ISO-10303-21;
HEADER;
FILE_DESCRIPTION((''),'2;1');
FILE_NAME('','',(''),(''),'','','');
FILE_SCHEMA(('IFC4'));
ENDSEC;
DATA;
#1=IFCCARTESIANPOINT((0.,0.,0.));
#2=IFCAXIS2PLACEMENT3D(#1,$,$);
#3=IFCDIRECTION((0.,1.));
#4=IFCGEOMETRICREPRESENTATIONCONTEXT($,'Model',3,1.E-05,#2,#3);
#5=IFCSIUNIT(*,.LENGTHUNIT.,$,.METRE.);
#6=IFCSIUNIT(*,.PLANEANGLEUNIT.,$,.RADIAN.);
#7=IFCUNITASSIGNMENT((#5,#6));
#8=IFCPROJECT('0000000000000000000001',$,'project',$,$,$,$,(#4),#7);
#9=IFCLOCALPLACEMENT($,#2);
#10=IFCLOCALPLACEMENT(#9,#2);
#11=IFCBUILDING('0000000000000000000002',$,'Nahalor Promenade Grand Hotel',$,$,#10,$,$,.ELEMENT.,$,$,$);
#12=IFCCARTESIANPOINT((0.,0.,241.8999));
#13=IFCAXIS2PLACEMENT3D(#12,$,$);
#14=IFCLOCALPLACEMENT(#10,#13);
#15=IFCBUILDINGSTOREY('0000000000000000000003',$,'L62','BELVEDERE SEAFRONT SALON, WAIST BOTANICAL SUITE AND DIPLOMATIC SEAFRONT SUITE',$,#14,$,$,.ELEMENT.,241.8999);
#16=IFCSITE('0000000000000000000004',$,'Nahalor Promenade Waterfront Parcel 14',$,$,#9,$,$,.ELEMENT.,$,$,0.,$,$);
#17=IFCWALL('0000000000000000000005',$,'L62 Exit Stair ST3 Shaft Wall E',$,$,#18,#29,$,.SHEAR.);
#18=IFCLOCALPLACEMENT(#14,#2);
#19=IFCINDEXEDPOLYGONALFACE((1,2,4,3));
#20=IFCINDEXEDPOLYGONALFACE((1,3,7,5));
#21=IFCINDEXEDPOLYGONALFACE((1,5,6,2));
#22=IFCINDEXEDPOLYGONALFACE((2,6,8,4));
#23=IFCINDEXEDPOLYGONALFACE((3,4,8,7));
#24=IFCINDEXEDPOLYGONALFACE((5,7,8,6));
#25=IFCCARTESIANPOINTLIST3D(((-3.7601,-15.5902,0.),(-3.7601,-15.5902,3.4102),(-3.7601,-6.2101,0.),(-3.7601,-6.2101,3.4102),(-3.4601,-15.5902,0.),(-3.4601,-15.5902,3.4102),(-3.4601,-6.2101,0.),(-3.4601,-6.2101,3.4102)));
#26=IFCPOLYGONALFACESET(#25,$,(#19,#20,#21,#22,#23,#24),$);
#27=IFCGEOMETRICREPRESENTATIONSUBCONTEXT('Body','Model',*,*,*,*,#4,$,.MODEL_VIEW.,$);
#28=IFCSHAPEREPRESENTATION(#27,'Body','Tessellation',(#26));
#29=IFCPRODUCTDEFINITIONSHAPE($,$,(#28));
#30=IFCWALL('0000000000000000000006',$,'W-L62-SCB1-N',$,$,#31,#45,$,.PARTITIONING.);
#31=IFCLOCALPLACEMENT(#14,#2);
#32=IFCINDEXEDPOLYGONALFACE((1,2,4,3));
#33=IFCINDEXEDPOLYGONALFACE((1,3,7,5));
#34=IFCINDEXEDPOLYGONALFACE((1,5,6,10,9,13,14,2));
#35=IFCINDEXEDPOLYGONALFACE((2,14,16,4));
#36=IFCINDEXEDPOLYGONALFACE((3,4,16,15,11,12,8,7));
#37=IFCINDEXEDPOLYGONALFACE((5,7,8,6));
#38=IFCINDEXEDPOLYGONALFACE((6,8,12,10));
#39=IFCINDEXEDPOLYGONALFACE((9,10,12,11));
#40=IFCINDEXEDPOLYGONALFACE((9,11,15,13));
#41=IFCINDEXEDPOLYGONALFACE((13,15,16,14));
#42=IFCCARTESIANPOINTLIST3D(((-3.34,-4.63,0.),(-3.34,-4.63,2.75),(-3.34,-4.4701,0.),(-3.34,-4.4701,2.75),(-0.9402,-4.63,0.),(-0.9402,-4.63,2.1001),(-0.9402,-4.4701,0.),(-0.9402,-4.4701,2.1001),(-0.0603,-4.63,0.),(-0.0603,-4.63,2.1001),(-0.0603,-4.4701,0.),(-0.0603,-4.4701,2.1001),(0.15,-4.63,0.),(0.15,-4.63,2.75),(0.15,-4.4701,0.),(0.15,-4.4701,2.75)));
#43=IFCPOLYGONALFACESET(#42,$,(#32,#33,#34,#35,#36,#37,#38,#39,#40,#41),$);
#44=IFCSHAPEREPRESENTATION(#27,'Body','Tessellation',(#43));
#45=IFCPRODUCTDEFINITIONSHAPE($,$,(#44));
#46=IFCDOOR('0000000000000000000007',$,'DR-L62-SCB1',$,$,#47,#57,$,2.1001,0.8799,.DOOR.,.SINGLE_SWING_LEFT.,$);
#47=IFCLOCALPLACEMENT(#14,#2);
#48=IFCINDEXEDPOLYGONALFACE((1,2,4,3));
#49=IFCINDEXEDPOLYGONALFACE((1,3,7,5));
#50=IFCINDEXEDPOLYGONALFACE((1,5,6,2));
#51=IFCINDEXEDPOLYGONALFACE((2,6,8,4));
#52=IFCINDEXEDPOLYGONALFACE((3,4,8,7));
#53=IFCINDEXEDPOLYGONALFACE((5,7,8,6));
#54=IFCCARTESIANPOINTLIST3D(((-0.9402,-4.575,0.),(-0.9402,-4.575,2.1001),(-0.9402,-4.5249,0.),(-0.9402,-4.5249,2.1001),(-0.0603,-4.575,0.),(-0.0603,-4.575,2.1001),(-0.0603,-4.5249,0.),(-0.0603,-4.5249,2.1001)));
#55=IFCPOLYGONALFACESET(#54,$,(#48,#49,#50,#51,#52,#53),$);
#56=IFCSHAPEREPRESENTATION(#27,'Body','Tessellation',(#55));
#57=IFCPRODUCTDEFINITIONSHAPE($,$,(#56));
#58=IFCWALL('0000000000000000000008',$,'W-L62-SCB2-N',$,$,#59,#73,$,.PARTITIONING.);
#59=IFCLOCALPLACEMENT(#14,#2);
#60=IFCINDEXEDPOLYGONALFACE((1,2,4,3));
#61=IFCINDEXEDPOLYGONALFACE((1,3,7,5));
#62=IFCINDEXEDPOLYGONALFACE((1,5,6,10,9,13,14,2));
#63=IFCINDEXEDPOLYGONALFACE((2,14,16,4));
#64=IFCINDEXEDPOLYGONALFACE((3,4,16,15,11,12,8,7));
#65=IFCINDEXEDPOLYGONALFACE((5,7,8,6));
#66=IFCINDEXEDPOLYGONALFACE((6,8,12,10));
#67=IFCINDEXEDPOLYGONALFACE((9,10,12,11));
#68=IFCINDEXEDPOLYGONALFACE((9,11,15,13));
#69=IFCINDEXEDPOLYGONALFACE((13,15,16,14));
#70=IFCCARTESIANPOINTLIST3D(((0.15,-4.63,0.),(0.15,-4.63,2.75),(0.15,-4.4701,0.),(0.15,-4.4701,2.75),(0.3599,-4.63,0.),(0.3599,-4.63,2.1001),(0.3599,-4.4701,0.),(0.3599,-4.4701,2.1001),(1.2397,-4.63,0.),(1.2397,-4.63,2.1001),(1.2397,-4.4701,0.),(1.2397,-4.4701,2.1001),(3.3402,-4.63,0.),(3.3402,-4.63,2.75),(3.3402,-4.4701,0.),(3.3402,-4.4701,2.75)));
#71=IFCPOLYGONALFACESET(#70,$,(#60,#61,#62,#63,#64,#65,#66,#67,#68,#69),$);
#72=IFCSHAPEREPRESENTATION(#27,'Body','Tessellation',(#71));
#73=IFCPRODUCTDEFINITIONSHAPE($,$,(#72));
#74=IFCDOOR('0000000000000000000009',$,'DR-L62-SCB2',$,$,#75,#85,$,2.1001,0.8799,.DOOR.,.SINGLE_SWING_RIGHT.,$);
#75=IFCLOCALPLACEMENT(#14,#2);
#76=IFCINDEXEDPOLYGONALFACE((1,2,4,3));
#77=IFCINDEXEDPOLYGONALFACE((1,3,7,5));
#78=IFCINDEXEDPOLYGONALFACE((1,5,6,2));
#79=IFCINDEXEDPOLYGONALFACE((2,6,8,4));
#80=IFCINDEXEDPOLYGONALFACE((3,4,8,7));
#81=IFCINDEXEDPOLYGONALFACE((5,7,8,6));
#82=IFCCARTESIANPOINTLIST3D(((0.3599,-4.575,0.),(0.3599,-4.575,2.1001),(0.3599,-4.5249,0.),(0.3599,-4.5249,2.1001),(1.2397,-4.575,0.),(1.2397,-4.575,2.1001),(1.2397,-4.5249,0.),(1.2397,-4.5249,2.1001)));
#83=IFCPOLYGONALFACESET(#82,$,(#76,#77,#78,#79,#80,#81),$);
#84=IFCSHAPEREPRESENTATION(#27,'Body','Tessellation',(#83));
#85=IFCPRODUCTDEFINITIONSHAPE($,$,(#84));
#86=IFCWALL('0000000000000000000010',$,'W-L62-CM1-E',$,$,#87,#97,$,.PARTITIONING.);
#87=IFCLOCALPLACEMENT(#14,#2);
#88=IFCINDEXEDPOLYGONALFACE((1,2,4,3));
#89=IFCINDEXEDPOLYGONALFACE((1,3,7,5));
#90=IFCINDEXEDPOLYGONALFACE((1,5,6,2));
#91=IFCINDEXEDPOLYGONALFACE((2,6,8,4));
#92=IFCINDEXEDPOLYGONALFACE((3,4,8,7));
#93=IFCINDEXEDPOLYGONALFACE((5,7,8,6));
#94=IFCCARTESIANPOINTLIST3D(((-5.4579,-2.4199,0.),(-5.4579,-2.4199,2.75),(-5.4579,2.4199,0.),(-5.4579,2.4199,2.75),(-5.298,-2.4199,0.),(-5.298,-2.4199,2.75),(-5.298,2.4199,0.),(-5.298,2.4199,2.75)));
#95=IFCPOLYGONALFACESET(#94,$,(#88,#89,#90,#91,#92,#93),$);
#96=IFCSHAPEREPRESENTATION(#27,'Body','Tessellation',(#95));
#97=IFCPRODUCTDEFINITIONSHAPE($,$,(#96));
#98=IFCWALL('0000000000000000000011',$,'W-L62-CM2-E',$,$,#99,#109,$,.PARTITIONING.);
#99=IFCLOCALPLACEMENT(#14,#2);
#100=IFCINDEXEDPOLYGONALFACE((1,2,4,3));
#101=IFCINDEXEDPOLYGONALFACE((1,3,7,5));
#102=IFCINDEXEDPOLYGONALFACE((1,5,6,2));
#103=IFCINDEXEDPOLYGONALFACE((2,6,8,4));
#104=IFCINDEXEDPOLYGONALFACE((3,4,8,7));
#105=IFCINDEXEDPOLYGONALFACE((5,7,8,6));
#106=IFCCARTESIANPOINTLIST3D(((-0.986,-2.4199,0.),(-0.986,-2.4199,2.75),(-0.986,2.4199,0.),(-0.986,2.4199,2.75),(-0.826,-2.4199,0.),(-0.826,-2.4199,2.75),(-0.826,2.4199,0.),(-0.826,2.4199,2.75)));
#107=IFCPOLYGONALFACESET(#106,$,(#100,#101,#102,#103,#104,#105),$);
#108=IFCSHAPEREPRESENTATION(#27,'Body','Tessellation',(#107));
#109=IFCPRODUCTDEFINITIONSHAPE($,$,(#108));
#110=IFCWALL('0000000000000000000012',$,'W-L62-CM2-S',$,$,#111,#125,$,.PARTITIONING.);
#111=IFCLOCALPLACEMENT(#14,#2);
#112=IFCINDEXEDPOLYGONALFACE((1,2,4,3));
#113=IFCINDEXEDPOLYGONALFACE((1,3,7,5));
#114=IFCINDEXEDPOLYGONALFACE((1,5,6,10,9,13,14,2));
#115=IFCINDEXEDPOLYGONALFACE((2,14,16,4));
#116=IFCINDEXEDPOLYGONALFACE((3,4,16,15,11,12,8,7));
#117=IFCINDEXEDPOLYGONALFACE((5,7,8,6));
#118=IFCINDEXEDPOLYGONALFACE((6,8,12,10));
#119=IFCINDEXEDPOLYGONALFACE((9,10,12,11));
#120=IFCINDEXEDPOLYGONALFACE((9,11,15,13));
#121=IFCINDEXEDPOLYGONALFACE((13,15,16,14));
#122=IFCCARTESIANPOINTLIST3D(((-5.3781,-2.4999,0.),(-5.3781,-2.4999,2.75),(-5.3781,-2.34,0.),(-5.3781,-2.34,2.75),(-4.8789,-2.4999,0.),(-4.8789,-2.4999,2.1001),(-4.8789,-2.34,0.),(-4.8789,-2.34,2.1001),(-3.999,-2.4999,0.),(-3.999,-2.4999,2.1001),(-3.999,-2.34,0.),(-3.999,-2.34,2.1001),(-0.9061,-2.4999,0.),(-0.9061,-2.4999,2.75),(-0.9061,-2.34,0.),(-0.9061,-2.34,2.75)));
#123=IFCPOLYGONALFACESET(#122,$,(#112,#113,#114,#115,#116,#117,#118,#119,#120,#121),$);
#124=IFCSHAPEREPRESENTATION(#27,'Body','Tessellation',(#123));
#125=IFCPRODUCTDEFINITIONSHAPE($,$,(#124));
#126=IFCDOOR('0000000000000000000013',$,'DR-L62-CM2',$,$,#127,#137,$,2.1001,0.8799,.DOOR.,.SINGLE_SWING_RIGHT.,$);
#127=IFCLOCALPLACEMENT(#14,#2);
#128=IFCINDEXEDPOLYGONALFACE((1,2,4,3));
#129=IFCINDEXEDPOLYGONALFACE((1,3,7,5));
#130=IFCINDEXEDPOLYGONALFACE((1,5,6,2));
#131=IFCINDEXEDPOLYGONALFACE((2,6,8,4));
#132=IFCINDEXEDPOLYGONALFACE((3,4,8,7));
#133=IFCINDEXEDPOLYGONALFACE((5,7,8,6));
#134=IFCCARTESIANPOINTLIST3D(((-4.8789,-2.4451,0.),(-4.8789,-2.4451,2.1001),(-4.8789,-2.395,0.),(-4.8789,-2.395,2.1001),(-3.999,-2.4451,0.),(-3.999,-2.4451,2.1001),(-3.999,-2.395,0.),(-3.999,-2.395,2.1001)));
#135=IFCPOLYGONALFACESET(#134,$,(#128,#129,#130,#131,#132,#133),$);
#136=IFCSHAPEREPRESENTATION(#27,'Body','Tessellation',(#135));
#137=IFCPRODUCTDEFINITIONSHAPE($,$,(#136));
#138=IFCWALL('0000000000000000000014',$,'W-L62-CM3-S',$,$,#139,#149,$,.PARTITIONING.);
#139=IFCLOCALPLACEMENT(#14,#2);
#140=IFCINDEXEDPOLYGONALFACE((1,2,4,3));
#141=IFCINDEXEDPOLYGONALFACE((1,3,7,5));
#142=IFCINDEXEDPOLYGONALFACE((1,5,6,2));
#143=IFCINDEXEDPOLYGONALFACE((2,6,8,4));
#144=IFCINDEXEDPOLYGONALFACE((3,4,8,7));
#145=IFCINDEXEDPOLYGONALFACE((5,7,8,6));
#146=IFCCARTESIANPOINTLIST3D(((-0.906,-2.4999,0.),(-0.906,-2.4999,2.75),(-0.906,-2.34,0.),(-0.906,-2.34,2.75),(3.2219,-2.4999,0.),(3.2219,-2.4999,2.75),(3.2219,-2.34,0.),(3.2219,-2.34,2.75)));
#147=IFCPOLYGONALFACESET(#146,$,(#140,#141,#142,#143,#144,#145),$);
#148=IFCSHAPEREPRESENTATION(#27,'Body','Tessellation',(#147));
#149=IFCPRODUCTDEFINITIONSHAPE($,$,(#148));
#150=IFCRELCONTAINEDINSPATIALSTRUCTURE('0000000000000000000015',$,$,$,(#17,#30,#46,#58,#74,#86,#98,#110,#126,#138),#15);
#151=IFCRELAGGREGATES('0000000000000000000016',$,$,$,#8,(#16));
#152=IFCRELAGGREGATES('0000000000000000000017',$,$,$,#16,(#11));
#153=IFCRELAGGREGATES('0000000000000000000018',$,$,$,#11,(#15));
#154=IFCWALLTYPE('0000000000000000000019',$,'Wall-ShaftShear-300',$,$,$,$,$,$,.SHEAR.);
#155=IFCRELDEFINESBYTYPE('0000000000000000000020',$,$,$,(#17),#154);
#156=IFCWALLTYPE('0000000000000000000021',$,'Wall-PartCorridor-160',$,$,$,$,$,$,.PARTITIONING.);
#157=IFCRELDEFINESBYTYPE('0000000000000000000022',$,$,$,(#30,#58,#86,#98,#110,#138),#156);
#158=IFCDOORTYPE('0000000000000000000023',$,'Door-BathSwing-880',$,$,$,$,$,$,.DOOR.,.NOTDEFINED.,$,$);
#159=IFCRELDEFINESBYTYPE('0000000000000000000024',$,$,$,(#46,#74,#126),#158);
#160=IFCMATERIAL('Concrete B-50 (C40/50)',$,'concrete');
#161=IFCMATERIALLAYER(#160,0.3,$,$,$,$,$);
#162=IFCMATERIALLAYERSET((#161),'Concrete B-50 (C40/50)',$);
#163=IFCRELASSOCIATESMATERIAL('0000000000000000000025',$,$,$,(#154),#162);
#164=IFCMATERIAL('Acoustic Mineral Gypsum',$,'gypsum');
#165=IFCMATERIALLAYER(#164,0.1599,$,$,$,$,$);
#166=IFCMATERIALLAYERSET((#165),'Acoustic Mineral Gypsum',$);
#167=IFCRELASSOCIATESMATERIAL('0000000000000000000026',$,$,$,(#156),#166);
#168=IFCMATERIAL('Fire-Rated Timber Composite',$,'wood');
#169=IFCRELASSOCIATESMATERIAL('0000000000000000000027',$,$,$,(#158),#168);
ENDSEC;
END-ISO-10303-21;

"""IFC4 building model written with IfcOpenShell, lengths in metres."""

from ifc_helpers import new_model, si_unit, direction, frame, frame_2d, origin, place, context, subcontext, project, spatial, rectangle, extrude, source, transform, mapped, material, layer, layer_set, type_object, element, fill, save


model = new_model("IFC4")

# Units and contexts
model_context = context("Model", 3, precision=1e-05, world=origin(), true_north=direction((0.0, 1.0)))
body_context = subcontext(model_context, "Body", "Model", "MODEL_VIEW")
ifc_project = project(units=[si_unit("LENGTHUNIT", "METRE"), si_unit("PLANEANGLEUNIT", "RADIAN")], contexts=[model_context])

# Site, building, storey
site_placement = place(None, origin())
site = spatial("IfcSite", under=ifc_project, at=site_placement, Name="Nahalor Promenade Waterfront Parcel 14", CompositionType="ELEMENT", RefElevation=0.0)
building_placement = place(site_placement, origin())
building = spatial("IfcBuilding", under=site, at=building_placement, Name="Nahalor Promenade Grand Hotel", CompositionType="ELEMENT")
storey_placement = place(building_placement, frame((0.0, 0.0, 241.8999)))
storey = spatial("IfcBuildingStorey", under=building, at=storey_placement, Name="L62", Description="BELVEDERE SEAFRONT SALON, WAIST BOTANICAL SUITE AND DIPLOMATIC SEAFRONT SUITE", CompositionType="ELEMENT", Elevation=241.8999)

# Shared definitions
ifc_material_1 = material(Name="Concrete B-50 (C40/50)", Category="concrete")
ifc_layer_1 = layer(ifc_material_1, 0.3)
ifc_layer_set_1 = layer_set([ifc_layer_1], Name="Concrete B-50 (C40/50)")
wall_type_1 = type_object("IfcWallType", Name="Wall-ShaftShear-300", PredefinedType="SHEAR", material=ifc_layer_set_1)

# Wall
shared_shape_1 = source(origin(), body_context, "Body", "SweptSolid", [
    extrude(rectangle(XDim=9.3801, YDim=0.3, at=frame_2d((4.6899, 0.0))), origin(), (0.0, 0.0, 1.0), 3.4102),
])
for number, where, z_axis, x_axis, name in (
    (1, (-3.6101, -15.5901, 0.0), (0.0, 0.0, 1.0), (0.0, 1.0, 0.0), "L62 Exit Stair ST3 Shaft Wall E"),
):
    element("IfcWall", number, at=place(storey_placement, frame(where, z_axis=z_axis, x_axis=x_axis)), inside=storey, type_object=wall_type_1, Name=name, PredefinedType="SHEAR", context=body_context, shape_type="MappedRepresentation", body=[
        mapped(shared_shape_1, transform((0.0, 0.0, 0.0), scale=1.0)),
    ])

# Walls, openings, doors
ifc_material_2 = material(Name="Acoustic Mineral Gypsum", Category="gypsum")
ifc_layer_2 = layer(ifc_material_2, 0.1599)
ifc_layer_set_2 = layer_set([ifc_layer_2], Name="Acoustic Mineral Gypsum")
wall_type_2 = type_object("IfcWallType", Name="Wall-PartCorridor-160", PredefinedType="PARTITIONING", material=ifc_layer_set_2)
shared_shape_2 = source(origin(), body_context, "Body", "SweptSolid", [
    extrude(rectangle(XDim=3.49, YDim=0.1599, at=frame_2d((1.7451, 0.0))), origin(), (0.0, 0.0, 1.0), 2.75),
])
wall_1_placement = place(storey_placement, frame((-3.3401, -4.55, 0.0), z_axis=(0.0, 0.0, 1.0), x_axis=(1.0, 0.0, 0.0)))
wall_1 = element("IfcWall", 2, at=wall_1_placement, inside=storey, type_object=wall_type_2, Name="W-L62-SCB1-N", PredefinedType="PARTITIONING", context=body_context, shape_type="MappedRepresentation", body=[
    mapped(shared_shape_2, transform((0.0, 0.0, 0.0), scale=1.0)),
])
opening_1_placement = place(wall_1_placement, frame((2.3999, 0.0, 0.0)))
opening_1 = element("IfcOpeningElement", 3, at=opening_1_placement, cuts=wall_1, PredefinedType="OPENING", context=body_context, shape_type="SweptSolid", body=[
    extrude(rectangle(XDim=0.8799, YDim=2.1001, at=frame_2d((0.4399, 1.05))), frame((0.0, 0.0898, 0.0), z_axis=(0.0, -1.0, 0.0), x_axis=(1.0, 0.0, 0.0)), (0.0, 0.0, 1.0), 0.1799),
])
ifc_material_3 = material(Name="Fire-Rated Timber Composite", Category="wood")
door_type_1 = type_object("IfcDoorType", Name="Door-BathSwing-880", OperationType="NOTDEFINED", PredefinedType="DOOR", material=ifc_material_3)
shared_shape_3 = source(origin(), body_context, "Body", "SweptSolid", [
    extrude(rectangle(XDim=0.8799, YDim=2.1001, at=frame_2d((0.4399, 1.05))), frame((0.0, 0.0249, 0.0), z_axis=(0.0, -1.0, 0.0), x_axis=(1.0, 0.0, 0.0)), (0.0, 0.0, 1.0), 0.05),
])
door_1_placement = place(opening_1_placement, frame((0.8799, 0.0, 0.0), z_axis=(0.0, 0.0, 1.0), x_axis=(-1.0, 0.0, 0.0)))
door_1 = element("IfcDoor", 4, at=door_1_placement, inside=storey, type_object=door_type_1, Name="DR-L62-SCB1", OperationType="SINGLE_SWING_LEFT", OverallHeight=2.1001, OverallWidth=0.8799, PredefinedType="DOOR", context=body_context, shape_type="MappedRepresentation", body=[
    mapped(shared_shape_3, transform((0.0, 0.0, 0.0), scale=1.0)),
])
fill(opening_1, door_1)
shared_shape_4 = source(origin(), body_context, "Body", "SweptSolid", [
    extrude(rectangle(XDim=3.1902, YDim=0.1599, at=frame_2d((1.5952, 0.0))), origin(), (0.0, 0.0, 1.0), 2.75),
])
wall_2_placement = place(storey_placement, frame((0.1499, -4.55, 0.0), z_axis=(0.0, 0.0, 1.0), x_axis=(1.0, 0.0, 0.0)))
wall_2 = element("IfcWall", 5, at=wall_2_placement, inside=storey, type_object=wall_type_2, Name="W-L62-SCB2-N", PredefinedType="PARTITIONING", context=body_context, shape_type="MappedRepresentation", body=[
    mapped(shared_shape_4, transform((0.0, 0.0, 0.0), scale=1.0)),
])
opening_2_placement = place(wall_2_placement, frame((0.21, 0.0, 0.0)))
opening_2 = element("IfcOpeningElement", 6, at=opening_2_placement, cuts=wall_2, PredefinedType="OPENING", context=body_context, shape_type="SweptSolid", body=[
    extrude(rectangle(XDim=0.8799, YDim=2.1001, at=frame_2d((0.4399, 1.05))), frame((0.0, 0.0898, 0.0), z_axis=(0.0, -1.0, 0.0), x_axis=(1.0, 0.0, 0.0)), (0.0, 0.0, 1.0), 0.1799),
])
door_2_placement = place(opening_2_placement, frame((0.8799, 0.0, 0.0), z_axis=(0.0, 0.0, 1.0), x_axis=(-1.0, 0.0, 0.0)))
door_2 = element("IfcDoor", 7, at=door_2_placement, inside=storey, type_object=door_type_1, Name="DR-L62-SCB2", OperationType="SINGLE_SWING_RIGHT", OverallHeight=2.1001, OverallWidth=0.8799, PredefinedType="DOOR", context=body_context, shape_type="MappedRepresentation", body=[
    mapped(shared_shape_3, transform((0.0, 0.0, 0.0), scale=1.0)),
])
fill(opening_2, door_2)

# Walls
shared_shape_5 = source(origin(), body_context, "Body", "SweptSolid", [
    extrude(rectangle(XDim=4.8398, YDim=0.1599, at=frame_2d((2.4199, 0.0))), origin(), (0.0, 0.0, 1.0), 2.75),
])
for number, where, z_axis, x_axis, name in (
    (8, (-5.3779, -2.4199, 0.0), (0.0, 0.0, 1.0), (0.0, 1.0, 0.0), "W-L62-CM1-E"),
    (9, (-0.906, -2.4199, 0.0), (0.0, 0.0, 1.0), (0.0, 1.0, 0.0), "W-L62-CM2-E"),
):
    element("IfcWall", number, at=place(storey_placement, frame(where, z_axis=z_axis, x_axis=x_axis)), inside=storey, type_object=wall_type_2, Name=name, PredefinedType="PARTITIONING", context=body_context, shape_type="MappedRepresentation", body=[
        mapped(shared_shape_5, transform((0.0, 0.0, 0.0), scale=1.0)),
    ])

# Wall, opening, door
shared_shape_6 = source(origin(), body_context, "Body", "SweptSolid", [
    extrude(rectangle(XDim=4.4719, YDim=0.1599, at=frame_2d((2.2358, 0.0))), origin(), (0.0, 0.0, 1.0), 2.75),
])
wall_3_placement = place(storey_placement, frame((-5.3779, -2.4199, 0.0), z_axis=(0.0, 0.0, 1.0), x_axis=(1.0, 0.0, 0.0)))
wall_3 = element("IfcWall", 10, at=wall_3_placement, inside=storey, type_object=wall_type_2, Name="W-L62-CM2-S", PredefinedType="PARTITIONING", context=body_context, shape_type="MappedRepresentation", body=[
    mapped(shared_shape_6, transform((0.0, 0.0, 0.0), scale=1.0)),
])
opening_3_placement = place(wall_3_placement, frame((0.499, 0.0, 0.0)))
opening_3 = element("IfcOpeningElement", 11, at=opening_3_placement, cuts=wall_3, PredefinedType="OPENING", context=body_context, shape_type="SweptSolid", body=[
    extrude(rectangle(XDim=0.8799, YDim=2.1001, at=frame_2d((0.4399, 1.05))), frame((0.0, 0.0898, 0.0), z_axis=(0.0, -1.0, 0.0), x_axis=(1.0, 0.0, 0.0)), (0.0, 0.0, 1.0), 0.1799),
])
door_3_placement = place(opening_3_placement, origin())
door_3 = element("IfcDoor", 12, at=door_3_placement, inside=storey, type_object=door_type_1, Name="DR-L62-CM2", OperationType="SINGLE_SWING_RIGHT", OverallHeight=2.1001, OverallWidth=0.8799, PredefinedType="DOOR", context=body_context, shape_type="MappedRepresentation", body=[
    mapped(shared_shape_3, transform((0.0, 0.0, 0.0), scale=1.0)),
])
fill(opening_3, door_3)

# Wall
shared_shape_7 = source(origin(), body_context, "Body", "SweptSolid", [
    extrude(rectangle(XDim=4.1279, YDim=0.1599, at=frame_2d((2.064, 0.0))), origin(), (0.0, 0.0, 1.0), 2.75),
])
wall_4_placement = place(storey_placement, frame((-0.906, -2.4199, 0.0), z_axis=(0.0, 0.0, 1.0), x_axis=(1.0, 0.0, 0.0)))
element("IfcWall", 13, at=wall_4_placement, inside=storey, type_object=wall_type_2, Name="W-L62-CM3-S", PredefinedType="PARTITIONING", context=body_context, shape_type="MappedRepresentation", body=[
    mapped(shared_shape_7, transform((0.0, 0.0, 0.0), scale=1.0)),
])

save(model, "model.ifc")
